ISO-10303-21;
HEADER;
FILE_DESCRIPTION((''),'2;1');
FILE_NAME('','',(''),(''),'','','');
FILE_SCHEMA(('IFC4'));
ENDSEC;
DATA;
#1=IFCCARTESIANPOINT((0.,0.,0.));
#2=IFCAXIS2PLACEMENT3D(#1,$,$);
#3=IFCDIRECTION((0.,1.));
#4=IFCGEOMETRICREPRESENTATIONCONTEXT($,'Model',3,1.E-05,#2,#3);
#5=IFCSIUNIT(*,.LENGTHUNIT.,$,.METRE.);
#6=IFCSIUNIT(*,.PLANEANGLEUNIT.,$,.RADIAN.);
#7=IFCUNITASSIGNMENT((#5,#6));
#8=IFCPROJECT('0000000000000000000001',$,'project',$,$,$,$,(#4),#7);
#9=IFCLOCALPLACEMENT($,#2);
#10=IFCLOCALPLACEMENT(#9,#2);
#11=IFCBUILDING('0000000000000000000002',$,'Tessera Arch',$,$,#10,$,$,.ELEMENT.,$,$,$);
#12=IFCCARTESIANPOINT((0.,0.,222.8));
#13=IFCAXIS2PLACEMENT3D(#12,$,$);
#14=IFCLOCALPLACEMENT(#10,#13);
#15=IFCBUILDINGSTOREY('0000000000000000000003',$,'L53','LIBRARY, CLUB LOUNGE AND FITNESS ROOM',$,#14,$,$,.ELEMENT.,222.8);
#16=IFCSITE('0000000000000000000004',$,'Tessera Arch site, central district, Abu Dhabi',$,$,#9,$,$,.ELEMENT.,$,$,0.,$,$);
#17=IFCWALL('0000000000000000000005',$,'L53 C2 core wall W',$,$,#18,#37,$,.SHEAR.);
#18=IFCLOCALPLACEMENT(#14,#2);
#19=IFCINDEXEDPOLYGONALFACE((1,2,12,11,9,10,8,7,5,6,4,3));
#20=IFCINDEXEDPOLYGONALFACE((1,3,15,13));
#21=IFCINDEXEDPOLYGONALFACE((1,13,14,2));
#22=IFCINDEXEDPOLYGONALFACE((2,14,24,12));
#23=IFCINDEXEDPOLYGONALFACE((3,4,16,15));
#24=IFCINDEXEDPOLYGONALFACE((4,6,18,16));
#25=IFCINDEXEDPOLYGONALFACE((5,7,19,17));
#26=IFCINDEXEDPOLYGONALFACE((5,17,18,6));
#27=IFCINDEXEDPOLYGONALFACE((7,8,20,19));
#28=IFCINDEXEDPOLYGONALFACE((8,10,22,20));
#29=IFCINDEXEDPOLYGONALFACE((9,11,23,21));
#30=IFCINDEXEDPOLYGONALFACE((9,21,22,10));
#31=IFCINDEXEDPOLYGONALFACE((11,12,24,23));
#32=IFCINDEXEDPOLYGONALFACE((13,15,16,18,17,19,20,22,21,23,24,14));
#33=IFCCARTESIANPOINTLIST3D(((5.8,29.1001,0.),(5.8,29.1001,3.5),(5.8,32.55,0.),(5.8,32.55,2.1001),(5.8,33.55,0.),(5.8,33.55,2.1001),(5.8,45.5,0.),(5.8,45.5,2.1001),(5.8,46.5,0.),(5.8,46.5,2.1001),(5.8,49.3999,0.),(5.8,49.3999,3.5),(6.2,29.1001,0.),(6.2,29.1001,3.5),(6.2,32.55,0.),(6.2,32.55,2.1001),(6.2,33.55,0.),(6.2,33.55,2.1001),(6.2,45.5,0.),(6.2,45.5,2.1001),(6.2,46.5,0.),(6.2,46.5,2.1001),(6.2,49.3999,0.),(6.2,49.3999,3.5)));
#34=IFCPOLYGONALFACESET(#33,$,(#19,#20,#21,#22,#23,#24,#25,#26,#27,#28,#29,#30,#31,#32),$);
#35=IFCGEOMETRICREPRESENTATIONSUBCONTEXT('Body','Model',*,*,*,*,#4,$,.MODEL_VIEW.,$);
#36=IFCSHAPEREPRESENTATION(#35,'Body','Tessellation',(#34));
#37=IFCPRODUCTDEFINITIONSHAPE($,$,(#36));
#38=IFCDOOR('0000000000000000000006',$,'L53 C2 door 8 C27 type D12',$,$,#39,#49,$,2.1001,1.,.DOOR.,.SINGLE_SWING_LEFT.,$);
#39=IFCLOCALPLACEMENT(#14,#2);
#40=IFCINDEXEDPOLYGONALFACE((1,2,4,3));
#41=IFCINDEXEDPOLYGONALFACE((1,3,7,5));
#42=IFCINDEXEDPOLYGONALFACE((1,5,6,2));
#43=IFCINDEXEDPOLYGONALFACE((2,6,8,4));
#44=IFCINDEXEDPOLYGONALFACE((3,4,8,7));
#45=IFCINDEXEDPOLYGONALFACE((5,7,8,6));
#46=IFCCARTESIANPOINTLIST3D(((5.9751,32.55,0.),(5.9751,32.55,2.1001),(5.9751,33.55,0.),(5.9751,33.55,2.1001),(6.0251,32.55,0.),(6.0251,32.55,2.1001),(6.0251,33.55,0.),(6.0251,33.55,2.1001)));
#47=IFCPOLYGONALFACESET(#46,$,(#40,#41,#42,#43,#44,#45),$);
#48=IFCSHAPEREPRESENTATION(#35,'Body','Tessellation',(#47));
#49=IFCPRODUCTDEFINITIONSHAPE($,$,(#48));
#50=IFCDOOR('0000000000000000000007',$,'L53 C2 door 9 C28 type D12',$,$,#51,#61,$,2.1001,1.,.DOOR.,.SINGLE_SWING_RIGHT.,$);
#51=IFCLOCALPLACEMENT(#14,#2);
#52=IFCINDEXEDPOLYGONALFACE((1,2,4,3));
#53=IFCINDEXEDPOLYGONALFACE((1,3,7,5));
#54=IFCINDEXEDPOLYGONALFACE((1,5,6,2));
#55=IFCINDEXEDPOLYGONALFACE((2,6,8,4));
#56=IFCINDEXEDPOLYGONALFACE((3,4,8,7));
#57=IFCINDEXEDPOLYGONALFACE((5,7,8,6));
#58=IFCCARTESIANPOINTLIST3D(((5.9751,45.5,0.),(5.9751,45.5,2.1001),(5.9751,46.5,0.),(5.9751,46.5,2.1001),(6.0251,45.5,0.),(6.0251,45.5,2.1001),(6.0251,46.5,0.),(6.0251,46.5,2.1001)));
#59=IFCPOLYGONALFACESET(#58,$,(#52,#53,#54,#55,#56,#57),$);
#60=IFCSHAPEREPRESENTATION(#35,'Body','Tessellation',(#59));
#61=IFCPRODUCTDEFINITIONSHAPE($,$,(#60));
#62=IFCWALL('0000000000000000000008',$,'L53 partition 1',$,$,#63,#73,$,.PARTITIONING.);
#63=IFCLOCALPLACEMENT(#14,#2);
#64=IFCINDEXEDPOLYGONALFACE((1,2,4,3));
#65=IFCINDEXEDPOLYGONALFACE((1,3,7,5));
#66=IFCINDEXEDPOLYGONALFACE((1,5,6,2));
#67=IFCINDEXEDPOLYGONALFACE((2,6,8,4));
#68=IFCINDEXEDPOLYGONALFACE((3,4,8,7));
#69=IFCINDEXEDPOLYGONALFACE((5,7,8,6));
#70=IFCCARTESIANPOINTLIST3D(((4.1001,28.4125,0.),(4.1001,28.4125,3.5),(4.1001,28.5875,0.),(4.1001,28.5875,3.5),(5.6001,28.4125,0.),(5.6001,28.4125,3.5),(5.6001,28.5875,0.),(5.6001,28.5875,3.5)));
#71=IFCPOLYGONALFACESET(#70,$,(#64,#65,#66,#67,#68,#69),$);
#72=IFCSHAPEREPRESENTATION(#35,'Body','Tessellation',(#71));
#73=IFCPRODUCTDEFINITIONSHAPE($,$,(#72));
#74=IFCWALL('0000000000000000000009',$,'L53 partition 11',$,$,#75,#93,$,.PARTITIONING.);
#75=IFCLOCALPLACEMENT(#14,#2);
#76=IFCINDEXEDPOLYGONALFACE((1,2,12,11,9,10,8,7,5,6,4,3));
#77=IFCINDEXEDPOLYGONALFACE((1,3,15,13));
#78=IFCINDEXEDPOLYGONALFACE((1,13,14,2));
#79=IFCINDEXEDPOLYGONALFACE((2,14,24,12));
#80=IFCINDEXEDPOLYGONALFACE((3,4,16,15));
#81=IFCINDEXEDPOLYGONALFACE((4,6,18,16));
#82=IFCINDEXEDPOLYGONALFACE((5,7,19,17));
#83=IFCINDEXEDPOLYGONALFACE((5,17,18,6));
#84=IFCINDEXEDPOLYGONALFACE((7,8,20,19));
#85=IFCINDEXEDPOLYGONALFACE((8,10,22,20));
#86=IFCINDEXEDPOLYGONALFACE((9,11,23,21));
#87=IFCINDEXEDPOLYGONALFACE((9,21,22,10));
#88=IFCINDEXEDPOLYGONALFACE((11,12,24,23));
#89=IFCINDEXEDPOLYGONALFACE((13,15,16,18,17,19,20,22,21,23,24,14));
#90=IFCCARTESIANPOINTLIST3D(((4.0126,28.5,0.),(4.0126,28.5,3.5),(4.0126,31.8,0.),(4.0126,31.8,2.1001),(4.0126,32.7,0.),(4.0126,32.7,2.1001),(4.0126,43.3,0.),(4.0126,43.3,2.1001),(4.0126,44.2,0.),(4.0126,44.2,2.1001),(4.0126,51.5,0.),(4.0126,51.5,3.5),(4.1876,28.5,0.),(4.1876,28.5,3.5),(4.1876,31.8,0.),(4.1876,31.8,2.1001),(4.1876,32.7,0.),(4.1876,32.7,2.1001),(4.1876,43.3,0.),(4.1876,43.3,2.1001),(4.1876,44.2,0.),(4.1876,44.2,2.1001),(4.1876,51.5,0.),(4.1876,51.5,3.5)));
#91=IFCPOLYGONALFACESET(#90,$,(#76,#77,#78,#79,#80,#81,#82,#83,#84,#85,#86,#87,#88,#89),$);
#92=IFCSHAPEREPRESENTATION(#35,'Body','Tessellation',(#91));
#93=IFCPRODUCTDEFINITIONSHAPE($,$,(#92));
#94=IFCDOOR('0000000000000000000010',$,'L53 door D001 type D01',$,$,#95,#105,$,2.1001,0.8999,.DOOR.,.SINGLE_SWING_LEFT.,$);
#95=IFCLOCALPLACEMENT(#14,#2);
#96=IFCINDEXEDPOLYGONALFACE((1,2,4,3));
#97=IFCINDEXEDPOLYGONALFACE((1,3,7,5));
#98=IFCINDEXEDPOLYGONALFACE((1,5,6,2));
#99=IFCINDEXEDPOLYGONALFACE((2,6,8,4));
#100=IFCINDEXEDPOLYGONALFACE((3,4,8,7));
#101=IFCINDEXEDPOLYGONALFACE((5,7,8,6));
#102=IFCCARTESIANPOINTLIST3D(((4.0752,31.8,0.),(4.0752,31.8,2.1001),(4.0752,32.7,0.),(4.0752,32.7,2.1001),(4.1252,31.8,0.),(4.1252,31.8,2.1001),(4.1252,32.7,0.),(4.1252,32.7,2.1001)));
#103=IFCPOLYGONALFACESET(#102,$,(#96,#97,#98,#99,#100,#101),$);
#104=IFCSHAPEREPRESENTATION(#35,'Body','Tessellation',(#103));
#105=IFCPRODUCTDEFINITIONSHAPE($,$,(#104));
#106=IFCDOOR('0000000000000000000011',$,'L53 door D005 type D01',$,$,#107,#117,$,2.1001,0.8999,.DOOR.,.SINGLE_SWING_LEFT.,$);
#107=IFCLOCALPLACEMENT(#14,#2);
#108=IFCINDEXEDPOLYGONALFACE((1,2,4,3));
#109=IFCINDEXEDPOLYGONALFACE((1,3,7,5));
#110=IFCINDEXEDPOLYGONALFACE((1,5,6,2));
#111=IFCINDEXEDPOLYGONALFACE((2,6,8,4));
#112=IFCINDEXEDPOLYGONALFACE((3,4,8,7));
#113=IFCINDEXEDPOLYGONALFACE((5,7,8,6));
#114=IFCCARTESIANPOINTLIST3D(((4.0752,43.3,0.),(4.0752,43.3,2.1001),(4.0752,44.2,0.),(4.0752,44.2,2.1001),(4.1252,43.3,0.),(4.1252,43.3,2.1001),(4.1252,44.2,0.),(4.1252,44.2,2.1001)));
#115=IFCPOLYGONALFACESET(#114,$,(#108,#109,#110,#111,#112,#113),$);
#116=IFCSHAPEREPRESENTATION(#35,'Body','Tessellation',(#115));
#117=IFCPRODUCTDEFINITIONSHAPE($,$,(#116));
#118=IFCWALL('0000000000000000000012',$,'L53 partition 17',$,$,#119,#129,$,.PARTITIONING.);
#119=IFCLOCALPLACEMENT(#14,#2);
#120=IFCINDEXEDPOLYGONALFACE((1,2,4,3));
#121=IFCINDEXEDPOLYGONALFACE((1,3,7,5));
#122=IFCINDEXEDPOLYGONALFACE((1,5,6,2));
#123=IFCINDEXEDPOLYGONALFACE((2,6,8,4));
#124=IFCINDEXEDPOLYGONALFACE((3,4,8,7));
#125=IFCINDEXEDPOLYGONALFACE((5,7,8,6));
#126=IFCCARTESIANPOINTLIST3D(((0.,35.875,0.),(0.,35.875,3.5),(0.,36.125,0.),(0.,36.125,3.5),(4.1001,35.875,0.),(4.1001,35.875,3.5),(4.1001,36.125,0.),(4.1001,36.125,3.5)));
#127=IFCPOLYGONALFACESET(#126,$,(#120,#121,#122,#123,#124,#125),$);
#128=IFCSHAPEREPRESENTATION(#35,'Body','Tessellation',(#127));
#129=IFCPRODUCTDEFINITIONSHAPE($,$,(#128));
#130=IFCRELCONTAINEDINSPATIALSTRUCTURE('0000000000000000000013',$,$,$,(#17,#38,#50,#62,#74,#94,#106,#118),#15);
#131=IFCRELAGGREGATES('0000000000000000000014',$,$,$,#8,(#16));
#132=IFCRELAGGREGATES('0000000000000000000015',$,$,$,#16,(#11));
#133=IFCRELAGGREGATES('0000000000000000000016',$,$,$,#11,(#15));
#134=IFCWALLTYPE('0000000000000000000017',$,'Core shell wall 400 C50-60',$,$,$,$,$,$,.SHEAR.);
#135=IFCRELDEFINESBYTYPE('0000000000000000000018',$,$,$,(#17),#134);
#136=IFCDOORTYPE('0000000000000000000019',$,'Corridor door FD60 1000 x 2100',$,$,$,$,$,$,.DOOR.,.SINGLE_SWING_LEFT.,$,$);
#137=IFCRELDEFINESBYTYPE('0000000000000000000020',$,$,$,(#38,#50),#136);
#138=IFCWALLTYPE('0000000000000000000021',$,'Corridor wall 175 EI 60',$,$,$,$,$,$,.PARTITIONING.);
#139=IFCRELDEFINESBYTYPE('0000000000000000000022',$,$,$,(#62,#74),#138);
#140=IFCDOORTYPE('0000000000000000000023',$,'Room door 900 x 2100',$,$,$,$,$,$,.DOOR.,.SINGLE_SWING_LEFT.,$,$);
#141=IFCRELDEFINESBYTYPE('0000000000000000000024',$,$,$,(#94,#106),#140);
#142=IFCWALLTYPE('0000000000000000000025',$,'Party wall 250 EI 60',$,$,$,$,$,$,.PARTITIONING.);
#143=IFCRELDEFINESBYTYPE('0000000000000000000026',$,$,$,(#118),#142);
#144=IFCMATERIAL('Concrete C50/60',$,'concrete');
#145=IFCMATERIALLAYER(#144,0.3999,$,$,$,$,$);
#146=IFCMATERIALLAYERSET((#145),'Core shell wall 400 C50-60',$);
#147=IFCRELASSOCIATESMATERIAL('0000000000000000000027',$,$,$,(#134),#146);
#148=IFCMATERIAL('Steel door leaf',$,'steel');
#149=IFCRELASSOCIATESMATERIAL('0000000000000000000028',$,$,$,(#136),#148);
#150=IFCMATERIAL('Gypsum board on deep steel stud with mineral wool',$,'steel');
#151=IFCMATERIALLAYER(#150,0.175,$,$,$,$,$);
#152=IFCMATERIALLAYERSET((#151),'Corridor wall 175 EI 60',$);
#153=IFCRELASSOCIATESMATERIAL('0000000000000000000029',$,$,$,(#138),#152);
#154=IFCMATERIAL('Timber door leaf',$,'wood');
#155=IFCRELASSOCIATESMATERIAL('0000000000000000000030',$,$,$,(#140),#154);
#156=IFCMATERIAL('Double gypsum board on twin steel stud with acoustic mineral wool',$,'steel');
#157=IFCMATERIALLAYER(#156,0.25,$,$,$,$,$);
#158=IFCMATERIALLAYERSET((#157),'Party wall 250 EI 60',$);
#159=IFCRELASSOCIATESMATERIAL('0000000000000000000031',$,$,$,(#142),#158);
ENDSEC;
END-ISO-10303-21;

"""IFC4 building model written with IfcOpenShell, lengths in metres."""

from ifc_helpers import new_model, si_unit, direction, frame, frame_2d, origin, place, context, subcontext, project, spatial, rectangle, extrude, material, layer, layer_set, type_object, element, fill, save


model = new_model("IFC4")

# Units and contexts
model_context = context("Model", 3, precision=1e-05, world=origin(), true_north=direction((0.0, 1.0)))
body_context = subcontext(model_context, "Body", "Model", "MODEL_VIEW")
ifc_project = project(units=[si_unit("LENGTHUNIT", "METRE"), si_unit("PLANEANGLEUNIT", "RADIAN")], contexts=[model_context])

# Site, building, storey
site_placement = place(None, origin())
site = spatial("IfcSite", under=ifc_project, at=site_placement, Name="Tessera Arch site, central district, Abu Dhabi", CompositionType="ELEMENT", RefElevation=0.0)
building_placement = place(site_placement, origin())
building = spatial("IfcBuilding", under=site, at=building_placement, Name="Tessera Arch", CompositionType="ELEMENT")
storey_placement = place(building_placement, frame((0.0, 0.0, 222.8)))
storey = spatial("IfcBuildingStorey", under=building, at=storey_placement, Name="L53", Description="LIBRARY, CLUB LOUNGE AND FITNESS ROOM", CompositionType="ELEMENT", Elevation=222.8)

# Shared definitions
ifc_material_1 = material(Name="Concrete C50/60", Category="concrete")
ifc_layer_1 = layer(ifc_material_1, 0.3999)
ifc_layer_set_1 = layer_set([ifc_layer_1], Name="Core shell wall 400 C50-60")
wall_type_1 = type_object("IfcWallType", Name="Core shell wall 400 C50-60", PredefinedType="SHEAR", material=ifc_layer_set_1)

# Wall, openings, doors
wall_1_placement = place(storey_placement, frame((6.0, 29.1001, 0.0), z_axis=(0.0, 0.0, 1.0), x_axis=(0.0, 1.0, 0.0)))
wall_1 = element("IfcWall", 1, at=wall_1_placement, inside=storey, type_object=wall_type_1, Name="L53 C2 core wall W", PredefinedType="SHEAR", context=body_context, shape_type="SweptSolid", body=[
    extrude(rectangle(XDim=20.2998, YDim=0.3999, at=frame_2d((10.1499, 0.0))), origin(), (0.0, 0.0, 1.0), 3.5),
])
opening_1_placement = place(wall_1_placement, frame((3.45, 0.0, 0.0)))
opening_1 = element("IfcOpeningElement", 2, at=opening_1_placement, cuts=wall_1, PredefinedType="OPENING", context=body_context, shape_type="SweptSolid", body=[
    extrude(rectangle(XDim=1.0, YDim=2.1001, at=frame_2d((0.5, 1.05))), frame((0.0, 0.21, 0.0), z_axis=(0.0, -1.0, 0.0), x_axis=(1.0, 0.0, 0.0)), (0.0, 0.0, 1.0), 0.4199),
])
opening_2_placement = place(wall_1_placement, frame((16.3999, 0.0, 0.0)))
opening_2 = element("IfcOpeningElement", 3, at=opening_2_placement, cuts=wall_1, PredefinedType="OPENING", context=body_context, shape_type="SweptSolid", body=[
    extrude(rectangle(XDim=1.0, YDim=2.1001, at=frame_2d((0.5, 1.05))), frame((0.0, 0.21, 0.0), z_axis=(0.0, -1.0, 0.0), x_axis=(1.0, 0.0, 0.0)), (0.0, 0.0, 1.0), 0.4199),
])
ifc_material_2 = material(Name="Steel door leaf", Category="steel")
door_type_1 = type_object("IfcDoorType", Name="Corridor door FD60 1000 x 2100", OperationType="SINGLE_SWING_LEFT", PredefinedType="DOOR", material=ifc_material_2)
door_1_placement = place(opening_1_placement, origin())
door_1 = element("IfcDoor", 4, at=door_1_placement, inside=storey, type_object=door_type_1, Name="L53 C2 door 8 C27 type D12", OperationType="SINGLE_SWING_LEFT", OverallHeight=2.1001, OverallWidth=1.0, PredefinedType="DOOR", context=body_context, shape_type="SweptSolid", body=[
    extrude(rectangle(XDim=1.0, YDim=2.1001, at=frame_2d((0.5, 1.05))), frame((0.0, 0.0249, 0.0), z_axis=(0.0, -1.0, 0.0), x_axis=(1.0, 0.0, 0.0)), (0.0, 0.0, 1.0), 0.05),
])
fill(opening_1, door_1)
door_2_placement = place(opening_2_placement, origin())
door_2 = element("IfcDoor", 5, at=door_2_placement, inside=storey, type_object=door_type_1, Name="L53 C2 door 9 C28 type D12", OperationType="SINGLE_SWING_RIGHT", OverallHeight=2.1001, OverallWidth=1.0, PredefinedType="DOOR", context=body_context, shape_type="SweptSolid", body=[
    extrude(rectangle(XDim=1.0, YDim=2.1001, at=frame_2d((0.5, 1.05))), frame((0.0, 0.0249, 0.0), z_axis=(0.0, -1.0, 0.0), x_axis=(1.0, 0.0, 0.0)), (0.0, 0.0, 1.0), 0.05),
])
fill(opening_2, door_2)

# Wall
ifc_material_3 = material(Name="Gypsum board on deep steel stud with mineral wool", Category="steel")
ifc_layer_2 = layer(ifc_material_3, 0.175)
ifc_layer_set_2 = layer_set([ifc_layer_2], Name="Corridor wall 175 EI 60")
wall_type_2 = type_object("IfcWallType", Name="Corridor wall 175 EI 60", PredefinedType="PARTITIONING", material=ifc_layer_set_2)
wall_2_placement = place(storey_placement, frame((4.1001, 28.5, 0.0), z_axis=(0.0, 0.0, 1.0), x_axis=(1.0, 0.0, 0.0)))
element("IfcWall", 6, at=wall_2_placement, inside=storey, type_object=wall_type_2, Name="L53 partition 1", PredefinedType="PARTITIONING", context=body_context, shape_type="SweptSolid", body=[
    extrude(rectangle(XDim=1.5, YDim=0.175, at=frame_2d((0.75, 0.0))), origin(), (0.0, 0.0, 1.0), 3.5),
])

# Wall, openings, doors
wall_3_placement = place(storey_placement, frame((4.1001, 28.5, 0.0), z_axis=(0.0, 0.0, 1.0), x_axis=(0.0, 1.0, 0.0)))
wall_3 = element("IfcWall", 7, at=wall_3_placement, inside=storey, type_object=wall_type_2, Name="L53 partition 11", PredefinedType="PARTITIONING", context=body_context, shape_type="SweptSolid", body=[
    extrude(rectangle(XDim=23.0, YDim=0.175, at=frame_2d((11.5, 0.0))), origin(), (0.0, 0.0, 1.0), 3.5),
])
opening_3_placement = place(wall_3_placement, frame((3.3, 0.0, 0.0)))
opening_3 = element("IfcOpeningElement", 8, at=opening_3_placement, cuts=wall_3, PredefinedType="OPENING", context=body_context, shape_type="SweptSolid", body=[
    extrude(rectangle(XDim=0.8999, YDim=2.1001, at=frame_2d((0.45, 1.05))), frame((0.0, 0.0974, 0.0), z_axis=(0.0, -1.0, 0.0), x_axis=(1.0, 0.0, 0.0)), (0.0, 0.0, 1.0), 0.1951),
])
opening_4_placement = place(wall_3_placement, frame((14.8, 0.0, 0.0)))
opening_4 = element("IfcOpeningElement", 9, at=opening_4_placement, cuts=wall_3, PredefinedType="OPENING", context=body_context, shape_type="SweptSolid", body=[
    extrude(rectangle(XDim=0.8999, YDim=2.1001, at=frame_2d((0.45, 1.05))), frame((0.0, 0.0974, 0.0), z_axis=(0.0, -1.0, 0.0), x_axis=(1.0, 0.0, 0.0)), (0.0, 0.0, 1.0), 0.1951),
])
ifc_material_4 = material(Name="Timber door leaf", Category="wood")
door_type_2 = type_object("IfcDoorType", Name="Room door 900 x 2100", OperationType="SINGLE_SWING_LEFT", PredefinedType="DOOR", material=ifc_material_4)
door_3_placement = place(opening_3_placement, origin())
door_3 = element("IfcDoor", 10, at=door_3_placement, inside=storey, type_object=door_type_2, Name="L53 door D001 type D01", OperationType="SINGLE_SWING_LEFT", OverallHeight=2.1001, OverallWidth=0.8999, PredefinedType="DOOR", context=body_context, shape_type="SweptSolid", body=[
    extrude(rectangle(XDim=0.8999, YDim=2.1001, at=frame_2d((0.45, 1.05))), frame((0.0, 0.0249, 0.0), z_axis=(0.0, -1.0, 0.0), x_axis=(1.0, 0.0, 0.0)), (0.0, 0.0, 1.0), 0.05),
])
fill(opening_3, door_3)
door_4_placement = place(opening_4_placement, origin())
door_4 = element("IfcDoor", 11, at=door_4_placement, inside=storey, type_object=door_type_2, Name="L53 door D005 type D01", OperationType="SINGLE_SWING_LEFT", OverallHeight=2.1001, OverallWidth=0.8999, PredefinedType="DOOR", context=body_context, shape_type="SweptSolid", body=[
    extrude(rectangle(XDim=0.8999, YDim=2.1001, at=frame_2d((0.45, 1.05))), frame((0.0, 0.0249, 0.0), z_axis=(0.0, -1.0, 0.0), x_axis=(1.0, 0.0, 0.0)), (0.0, 0.0, 1.0), 0.05),
])
fill(opening_4, door_4)

# Wall
ifc_material_5 = material(Name="Double gypsum board on twin steel stud with acoustic mineral wool", Category="steel")
ifc_layer_3 = layer(ifc_material_5, 0.25)
ifc_layer_set_3 = layer_set([ifc_layer_3], Name="Party wall 250 EI 60")
wall_type_3 = type_object("IfcWallType", Name="Party wall 250 EI 60", PredefinedType="PARTITIONING", material=ifc_layer_set_3)
wall_4_placement = place(storey_placement, frame((0.0, 36.0, 0.0), z_axis=(0.0, 0.0, 1.0), x_axis=(1.0, 0.0, 0.0)))
element("IfcWall", 12, at=wall_4_placement, inside=storey, type_object=wall_type_3, Name="L53 partition 17", PredefinedType="PARTITIONING", context=body_context, shape_type="SweptSolid", body=[
    extrude(rectangle(XDim=4.1001, YDim=0.25, at=frame_2d((2.05, 0.0))), origin(), (0.0, 0.0, 1.0), 3.5),
])

save(model, "model.ifc")
